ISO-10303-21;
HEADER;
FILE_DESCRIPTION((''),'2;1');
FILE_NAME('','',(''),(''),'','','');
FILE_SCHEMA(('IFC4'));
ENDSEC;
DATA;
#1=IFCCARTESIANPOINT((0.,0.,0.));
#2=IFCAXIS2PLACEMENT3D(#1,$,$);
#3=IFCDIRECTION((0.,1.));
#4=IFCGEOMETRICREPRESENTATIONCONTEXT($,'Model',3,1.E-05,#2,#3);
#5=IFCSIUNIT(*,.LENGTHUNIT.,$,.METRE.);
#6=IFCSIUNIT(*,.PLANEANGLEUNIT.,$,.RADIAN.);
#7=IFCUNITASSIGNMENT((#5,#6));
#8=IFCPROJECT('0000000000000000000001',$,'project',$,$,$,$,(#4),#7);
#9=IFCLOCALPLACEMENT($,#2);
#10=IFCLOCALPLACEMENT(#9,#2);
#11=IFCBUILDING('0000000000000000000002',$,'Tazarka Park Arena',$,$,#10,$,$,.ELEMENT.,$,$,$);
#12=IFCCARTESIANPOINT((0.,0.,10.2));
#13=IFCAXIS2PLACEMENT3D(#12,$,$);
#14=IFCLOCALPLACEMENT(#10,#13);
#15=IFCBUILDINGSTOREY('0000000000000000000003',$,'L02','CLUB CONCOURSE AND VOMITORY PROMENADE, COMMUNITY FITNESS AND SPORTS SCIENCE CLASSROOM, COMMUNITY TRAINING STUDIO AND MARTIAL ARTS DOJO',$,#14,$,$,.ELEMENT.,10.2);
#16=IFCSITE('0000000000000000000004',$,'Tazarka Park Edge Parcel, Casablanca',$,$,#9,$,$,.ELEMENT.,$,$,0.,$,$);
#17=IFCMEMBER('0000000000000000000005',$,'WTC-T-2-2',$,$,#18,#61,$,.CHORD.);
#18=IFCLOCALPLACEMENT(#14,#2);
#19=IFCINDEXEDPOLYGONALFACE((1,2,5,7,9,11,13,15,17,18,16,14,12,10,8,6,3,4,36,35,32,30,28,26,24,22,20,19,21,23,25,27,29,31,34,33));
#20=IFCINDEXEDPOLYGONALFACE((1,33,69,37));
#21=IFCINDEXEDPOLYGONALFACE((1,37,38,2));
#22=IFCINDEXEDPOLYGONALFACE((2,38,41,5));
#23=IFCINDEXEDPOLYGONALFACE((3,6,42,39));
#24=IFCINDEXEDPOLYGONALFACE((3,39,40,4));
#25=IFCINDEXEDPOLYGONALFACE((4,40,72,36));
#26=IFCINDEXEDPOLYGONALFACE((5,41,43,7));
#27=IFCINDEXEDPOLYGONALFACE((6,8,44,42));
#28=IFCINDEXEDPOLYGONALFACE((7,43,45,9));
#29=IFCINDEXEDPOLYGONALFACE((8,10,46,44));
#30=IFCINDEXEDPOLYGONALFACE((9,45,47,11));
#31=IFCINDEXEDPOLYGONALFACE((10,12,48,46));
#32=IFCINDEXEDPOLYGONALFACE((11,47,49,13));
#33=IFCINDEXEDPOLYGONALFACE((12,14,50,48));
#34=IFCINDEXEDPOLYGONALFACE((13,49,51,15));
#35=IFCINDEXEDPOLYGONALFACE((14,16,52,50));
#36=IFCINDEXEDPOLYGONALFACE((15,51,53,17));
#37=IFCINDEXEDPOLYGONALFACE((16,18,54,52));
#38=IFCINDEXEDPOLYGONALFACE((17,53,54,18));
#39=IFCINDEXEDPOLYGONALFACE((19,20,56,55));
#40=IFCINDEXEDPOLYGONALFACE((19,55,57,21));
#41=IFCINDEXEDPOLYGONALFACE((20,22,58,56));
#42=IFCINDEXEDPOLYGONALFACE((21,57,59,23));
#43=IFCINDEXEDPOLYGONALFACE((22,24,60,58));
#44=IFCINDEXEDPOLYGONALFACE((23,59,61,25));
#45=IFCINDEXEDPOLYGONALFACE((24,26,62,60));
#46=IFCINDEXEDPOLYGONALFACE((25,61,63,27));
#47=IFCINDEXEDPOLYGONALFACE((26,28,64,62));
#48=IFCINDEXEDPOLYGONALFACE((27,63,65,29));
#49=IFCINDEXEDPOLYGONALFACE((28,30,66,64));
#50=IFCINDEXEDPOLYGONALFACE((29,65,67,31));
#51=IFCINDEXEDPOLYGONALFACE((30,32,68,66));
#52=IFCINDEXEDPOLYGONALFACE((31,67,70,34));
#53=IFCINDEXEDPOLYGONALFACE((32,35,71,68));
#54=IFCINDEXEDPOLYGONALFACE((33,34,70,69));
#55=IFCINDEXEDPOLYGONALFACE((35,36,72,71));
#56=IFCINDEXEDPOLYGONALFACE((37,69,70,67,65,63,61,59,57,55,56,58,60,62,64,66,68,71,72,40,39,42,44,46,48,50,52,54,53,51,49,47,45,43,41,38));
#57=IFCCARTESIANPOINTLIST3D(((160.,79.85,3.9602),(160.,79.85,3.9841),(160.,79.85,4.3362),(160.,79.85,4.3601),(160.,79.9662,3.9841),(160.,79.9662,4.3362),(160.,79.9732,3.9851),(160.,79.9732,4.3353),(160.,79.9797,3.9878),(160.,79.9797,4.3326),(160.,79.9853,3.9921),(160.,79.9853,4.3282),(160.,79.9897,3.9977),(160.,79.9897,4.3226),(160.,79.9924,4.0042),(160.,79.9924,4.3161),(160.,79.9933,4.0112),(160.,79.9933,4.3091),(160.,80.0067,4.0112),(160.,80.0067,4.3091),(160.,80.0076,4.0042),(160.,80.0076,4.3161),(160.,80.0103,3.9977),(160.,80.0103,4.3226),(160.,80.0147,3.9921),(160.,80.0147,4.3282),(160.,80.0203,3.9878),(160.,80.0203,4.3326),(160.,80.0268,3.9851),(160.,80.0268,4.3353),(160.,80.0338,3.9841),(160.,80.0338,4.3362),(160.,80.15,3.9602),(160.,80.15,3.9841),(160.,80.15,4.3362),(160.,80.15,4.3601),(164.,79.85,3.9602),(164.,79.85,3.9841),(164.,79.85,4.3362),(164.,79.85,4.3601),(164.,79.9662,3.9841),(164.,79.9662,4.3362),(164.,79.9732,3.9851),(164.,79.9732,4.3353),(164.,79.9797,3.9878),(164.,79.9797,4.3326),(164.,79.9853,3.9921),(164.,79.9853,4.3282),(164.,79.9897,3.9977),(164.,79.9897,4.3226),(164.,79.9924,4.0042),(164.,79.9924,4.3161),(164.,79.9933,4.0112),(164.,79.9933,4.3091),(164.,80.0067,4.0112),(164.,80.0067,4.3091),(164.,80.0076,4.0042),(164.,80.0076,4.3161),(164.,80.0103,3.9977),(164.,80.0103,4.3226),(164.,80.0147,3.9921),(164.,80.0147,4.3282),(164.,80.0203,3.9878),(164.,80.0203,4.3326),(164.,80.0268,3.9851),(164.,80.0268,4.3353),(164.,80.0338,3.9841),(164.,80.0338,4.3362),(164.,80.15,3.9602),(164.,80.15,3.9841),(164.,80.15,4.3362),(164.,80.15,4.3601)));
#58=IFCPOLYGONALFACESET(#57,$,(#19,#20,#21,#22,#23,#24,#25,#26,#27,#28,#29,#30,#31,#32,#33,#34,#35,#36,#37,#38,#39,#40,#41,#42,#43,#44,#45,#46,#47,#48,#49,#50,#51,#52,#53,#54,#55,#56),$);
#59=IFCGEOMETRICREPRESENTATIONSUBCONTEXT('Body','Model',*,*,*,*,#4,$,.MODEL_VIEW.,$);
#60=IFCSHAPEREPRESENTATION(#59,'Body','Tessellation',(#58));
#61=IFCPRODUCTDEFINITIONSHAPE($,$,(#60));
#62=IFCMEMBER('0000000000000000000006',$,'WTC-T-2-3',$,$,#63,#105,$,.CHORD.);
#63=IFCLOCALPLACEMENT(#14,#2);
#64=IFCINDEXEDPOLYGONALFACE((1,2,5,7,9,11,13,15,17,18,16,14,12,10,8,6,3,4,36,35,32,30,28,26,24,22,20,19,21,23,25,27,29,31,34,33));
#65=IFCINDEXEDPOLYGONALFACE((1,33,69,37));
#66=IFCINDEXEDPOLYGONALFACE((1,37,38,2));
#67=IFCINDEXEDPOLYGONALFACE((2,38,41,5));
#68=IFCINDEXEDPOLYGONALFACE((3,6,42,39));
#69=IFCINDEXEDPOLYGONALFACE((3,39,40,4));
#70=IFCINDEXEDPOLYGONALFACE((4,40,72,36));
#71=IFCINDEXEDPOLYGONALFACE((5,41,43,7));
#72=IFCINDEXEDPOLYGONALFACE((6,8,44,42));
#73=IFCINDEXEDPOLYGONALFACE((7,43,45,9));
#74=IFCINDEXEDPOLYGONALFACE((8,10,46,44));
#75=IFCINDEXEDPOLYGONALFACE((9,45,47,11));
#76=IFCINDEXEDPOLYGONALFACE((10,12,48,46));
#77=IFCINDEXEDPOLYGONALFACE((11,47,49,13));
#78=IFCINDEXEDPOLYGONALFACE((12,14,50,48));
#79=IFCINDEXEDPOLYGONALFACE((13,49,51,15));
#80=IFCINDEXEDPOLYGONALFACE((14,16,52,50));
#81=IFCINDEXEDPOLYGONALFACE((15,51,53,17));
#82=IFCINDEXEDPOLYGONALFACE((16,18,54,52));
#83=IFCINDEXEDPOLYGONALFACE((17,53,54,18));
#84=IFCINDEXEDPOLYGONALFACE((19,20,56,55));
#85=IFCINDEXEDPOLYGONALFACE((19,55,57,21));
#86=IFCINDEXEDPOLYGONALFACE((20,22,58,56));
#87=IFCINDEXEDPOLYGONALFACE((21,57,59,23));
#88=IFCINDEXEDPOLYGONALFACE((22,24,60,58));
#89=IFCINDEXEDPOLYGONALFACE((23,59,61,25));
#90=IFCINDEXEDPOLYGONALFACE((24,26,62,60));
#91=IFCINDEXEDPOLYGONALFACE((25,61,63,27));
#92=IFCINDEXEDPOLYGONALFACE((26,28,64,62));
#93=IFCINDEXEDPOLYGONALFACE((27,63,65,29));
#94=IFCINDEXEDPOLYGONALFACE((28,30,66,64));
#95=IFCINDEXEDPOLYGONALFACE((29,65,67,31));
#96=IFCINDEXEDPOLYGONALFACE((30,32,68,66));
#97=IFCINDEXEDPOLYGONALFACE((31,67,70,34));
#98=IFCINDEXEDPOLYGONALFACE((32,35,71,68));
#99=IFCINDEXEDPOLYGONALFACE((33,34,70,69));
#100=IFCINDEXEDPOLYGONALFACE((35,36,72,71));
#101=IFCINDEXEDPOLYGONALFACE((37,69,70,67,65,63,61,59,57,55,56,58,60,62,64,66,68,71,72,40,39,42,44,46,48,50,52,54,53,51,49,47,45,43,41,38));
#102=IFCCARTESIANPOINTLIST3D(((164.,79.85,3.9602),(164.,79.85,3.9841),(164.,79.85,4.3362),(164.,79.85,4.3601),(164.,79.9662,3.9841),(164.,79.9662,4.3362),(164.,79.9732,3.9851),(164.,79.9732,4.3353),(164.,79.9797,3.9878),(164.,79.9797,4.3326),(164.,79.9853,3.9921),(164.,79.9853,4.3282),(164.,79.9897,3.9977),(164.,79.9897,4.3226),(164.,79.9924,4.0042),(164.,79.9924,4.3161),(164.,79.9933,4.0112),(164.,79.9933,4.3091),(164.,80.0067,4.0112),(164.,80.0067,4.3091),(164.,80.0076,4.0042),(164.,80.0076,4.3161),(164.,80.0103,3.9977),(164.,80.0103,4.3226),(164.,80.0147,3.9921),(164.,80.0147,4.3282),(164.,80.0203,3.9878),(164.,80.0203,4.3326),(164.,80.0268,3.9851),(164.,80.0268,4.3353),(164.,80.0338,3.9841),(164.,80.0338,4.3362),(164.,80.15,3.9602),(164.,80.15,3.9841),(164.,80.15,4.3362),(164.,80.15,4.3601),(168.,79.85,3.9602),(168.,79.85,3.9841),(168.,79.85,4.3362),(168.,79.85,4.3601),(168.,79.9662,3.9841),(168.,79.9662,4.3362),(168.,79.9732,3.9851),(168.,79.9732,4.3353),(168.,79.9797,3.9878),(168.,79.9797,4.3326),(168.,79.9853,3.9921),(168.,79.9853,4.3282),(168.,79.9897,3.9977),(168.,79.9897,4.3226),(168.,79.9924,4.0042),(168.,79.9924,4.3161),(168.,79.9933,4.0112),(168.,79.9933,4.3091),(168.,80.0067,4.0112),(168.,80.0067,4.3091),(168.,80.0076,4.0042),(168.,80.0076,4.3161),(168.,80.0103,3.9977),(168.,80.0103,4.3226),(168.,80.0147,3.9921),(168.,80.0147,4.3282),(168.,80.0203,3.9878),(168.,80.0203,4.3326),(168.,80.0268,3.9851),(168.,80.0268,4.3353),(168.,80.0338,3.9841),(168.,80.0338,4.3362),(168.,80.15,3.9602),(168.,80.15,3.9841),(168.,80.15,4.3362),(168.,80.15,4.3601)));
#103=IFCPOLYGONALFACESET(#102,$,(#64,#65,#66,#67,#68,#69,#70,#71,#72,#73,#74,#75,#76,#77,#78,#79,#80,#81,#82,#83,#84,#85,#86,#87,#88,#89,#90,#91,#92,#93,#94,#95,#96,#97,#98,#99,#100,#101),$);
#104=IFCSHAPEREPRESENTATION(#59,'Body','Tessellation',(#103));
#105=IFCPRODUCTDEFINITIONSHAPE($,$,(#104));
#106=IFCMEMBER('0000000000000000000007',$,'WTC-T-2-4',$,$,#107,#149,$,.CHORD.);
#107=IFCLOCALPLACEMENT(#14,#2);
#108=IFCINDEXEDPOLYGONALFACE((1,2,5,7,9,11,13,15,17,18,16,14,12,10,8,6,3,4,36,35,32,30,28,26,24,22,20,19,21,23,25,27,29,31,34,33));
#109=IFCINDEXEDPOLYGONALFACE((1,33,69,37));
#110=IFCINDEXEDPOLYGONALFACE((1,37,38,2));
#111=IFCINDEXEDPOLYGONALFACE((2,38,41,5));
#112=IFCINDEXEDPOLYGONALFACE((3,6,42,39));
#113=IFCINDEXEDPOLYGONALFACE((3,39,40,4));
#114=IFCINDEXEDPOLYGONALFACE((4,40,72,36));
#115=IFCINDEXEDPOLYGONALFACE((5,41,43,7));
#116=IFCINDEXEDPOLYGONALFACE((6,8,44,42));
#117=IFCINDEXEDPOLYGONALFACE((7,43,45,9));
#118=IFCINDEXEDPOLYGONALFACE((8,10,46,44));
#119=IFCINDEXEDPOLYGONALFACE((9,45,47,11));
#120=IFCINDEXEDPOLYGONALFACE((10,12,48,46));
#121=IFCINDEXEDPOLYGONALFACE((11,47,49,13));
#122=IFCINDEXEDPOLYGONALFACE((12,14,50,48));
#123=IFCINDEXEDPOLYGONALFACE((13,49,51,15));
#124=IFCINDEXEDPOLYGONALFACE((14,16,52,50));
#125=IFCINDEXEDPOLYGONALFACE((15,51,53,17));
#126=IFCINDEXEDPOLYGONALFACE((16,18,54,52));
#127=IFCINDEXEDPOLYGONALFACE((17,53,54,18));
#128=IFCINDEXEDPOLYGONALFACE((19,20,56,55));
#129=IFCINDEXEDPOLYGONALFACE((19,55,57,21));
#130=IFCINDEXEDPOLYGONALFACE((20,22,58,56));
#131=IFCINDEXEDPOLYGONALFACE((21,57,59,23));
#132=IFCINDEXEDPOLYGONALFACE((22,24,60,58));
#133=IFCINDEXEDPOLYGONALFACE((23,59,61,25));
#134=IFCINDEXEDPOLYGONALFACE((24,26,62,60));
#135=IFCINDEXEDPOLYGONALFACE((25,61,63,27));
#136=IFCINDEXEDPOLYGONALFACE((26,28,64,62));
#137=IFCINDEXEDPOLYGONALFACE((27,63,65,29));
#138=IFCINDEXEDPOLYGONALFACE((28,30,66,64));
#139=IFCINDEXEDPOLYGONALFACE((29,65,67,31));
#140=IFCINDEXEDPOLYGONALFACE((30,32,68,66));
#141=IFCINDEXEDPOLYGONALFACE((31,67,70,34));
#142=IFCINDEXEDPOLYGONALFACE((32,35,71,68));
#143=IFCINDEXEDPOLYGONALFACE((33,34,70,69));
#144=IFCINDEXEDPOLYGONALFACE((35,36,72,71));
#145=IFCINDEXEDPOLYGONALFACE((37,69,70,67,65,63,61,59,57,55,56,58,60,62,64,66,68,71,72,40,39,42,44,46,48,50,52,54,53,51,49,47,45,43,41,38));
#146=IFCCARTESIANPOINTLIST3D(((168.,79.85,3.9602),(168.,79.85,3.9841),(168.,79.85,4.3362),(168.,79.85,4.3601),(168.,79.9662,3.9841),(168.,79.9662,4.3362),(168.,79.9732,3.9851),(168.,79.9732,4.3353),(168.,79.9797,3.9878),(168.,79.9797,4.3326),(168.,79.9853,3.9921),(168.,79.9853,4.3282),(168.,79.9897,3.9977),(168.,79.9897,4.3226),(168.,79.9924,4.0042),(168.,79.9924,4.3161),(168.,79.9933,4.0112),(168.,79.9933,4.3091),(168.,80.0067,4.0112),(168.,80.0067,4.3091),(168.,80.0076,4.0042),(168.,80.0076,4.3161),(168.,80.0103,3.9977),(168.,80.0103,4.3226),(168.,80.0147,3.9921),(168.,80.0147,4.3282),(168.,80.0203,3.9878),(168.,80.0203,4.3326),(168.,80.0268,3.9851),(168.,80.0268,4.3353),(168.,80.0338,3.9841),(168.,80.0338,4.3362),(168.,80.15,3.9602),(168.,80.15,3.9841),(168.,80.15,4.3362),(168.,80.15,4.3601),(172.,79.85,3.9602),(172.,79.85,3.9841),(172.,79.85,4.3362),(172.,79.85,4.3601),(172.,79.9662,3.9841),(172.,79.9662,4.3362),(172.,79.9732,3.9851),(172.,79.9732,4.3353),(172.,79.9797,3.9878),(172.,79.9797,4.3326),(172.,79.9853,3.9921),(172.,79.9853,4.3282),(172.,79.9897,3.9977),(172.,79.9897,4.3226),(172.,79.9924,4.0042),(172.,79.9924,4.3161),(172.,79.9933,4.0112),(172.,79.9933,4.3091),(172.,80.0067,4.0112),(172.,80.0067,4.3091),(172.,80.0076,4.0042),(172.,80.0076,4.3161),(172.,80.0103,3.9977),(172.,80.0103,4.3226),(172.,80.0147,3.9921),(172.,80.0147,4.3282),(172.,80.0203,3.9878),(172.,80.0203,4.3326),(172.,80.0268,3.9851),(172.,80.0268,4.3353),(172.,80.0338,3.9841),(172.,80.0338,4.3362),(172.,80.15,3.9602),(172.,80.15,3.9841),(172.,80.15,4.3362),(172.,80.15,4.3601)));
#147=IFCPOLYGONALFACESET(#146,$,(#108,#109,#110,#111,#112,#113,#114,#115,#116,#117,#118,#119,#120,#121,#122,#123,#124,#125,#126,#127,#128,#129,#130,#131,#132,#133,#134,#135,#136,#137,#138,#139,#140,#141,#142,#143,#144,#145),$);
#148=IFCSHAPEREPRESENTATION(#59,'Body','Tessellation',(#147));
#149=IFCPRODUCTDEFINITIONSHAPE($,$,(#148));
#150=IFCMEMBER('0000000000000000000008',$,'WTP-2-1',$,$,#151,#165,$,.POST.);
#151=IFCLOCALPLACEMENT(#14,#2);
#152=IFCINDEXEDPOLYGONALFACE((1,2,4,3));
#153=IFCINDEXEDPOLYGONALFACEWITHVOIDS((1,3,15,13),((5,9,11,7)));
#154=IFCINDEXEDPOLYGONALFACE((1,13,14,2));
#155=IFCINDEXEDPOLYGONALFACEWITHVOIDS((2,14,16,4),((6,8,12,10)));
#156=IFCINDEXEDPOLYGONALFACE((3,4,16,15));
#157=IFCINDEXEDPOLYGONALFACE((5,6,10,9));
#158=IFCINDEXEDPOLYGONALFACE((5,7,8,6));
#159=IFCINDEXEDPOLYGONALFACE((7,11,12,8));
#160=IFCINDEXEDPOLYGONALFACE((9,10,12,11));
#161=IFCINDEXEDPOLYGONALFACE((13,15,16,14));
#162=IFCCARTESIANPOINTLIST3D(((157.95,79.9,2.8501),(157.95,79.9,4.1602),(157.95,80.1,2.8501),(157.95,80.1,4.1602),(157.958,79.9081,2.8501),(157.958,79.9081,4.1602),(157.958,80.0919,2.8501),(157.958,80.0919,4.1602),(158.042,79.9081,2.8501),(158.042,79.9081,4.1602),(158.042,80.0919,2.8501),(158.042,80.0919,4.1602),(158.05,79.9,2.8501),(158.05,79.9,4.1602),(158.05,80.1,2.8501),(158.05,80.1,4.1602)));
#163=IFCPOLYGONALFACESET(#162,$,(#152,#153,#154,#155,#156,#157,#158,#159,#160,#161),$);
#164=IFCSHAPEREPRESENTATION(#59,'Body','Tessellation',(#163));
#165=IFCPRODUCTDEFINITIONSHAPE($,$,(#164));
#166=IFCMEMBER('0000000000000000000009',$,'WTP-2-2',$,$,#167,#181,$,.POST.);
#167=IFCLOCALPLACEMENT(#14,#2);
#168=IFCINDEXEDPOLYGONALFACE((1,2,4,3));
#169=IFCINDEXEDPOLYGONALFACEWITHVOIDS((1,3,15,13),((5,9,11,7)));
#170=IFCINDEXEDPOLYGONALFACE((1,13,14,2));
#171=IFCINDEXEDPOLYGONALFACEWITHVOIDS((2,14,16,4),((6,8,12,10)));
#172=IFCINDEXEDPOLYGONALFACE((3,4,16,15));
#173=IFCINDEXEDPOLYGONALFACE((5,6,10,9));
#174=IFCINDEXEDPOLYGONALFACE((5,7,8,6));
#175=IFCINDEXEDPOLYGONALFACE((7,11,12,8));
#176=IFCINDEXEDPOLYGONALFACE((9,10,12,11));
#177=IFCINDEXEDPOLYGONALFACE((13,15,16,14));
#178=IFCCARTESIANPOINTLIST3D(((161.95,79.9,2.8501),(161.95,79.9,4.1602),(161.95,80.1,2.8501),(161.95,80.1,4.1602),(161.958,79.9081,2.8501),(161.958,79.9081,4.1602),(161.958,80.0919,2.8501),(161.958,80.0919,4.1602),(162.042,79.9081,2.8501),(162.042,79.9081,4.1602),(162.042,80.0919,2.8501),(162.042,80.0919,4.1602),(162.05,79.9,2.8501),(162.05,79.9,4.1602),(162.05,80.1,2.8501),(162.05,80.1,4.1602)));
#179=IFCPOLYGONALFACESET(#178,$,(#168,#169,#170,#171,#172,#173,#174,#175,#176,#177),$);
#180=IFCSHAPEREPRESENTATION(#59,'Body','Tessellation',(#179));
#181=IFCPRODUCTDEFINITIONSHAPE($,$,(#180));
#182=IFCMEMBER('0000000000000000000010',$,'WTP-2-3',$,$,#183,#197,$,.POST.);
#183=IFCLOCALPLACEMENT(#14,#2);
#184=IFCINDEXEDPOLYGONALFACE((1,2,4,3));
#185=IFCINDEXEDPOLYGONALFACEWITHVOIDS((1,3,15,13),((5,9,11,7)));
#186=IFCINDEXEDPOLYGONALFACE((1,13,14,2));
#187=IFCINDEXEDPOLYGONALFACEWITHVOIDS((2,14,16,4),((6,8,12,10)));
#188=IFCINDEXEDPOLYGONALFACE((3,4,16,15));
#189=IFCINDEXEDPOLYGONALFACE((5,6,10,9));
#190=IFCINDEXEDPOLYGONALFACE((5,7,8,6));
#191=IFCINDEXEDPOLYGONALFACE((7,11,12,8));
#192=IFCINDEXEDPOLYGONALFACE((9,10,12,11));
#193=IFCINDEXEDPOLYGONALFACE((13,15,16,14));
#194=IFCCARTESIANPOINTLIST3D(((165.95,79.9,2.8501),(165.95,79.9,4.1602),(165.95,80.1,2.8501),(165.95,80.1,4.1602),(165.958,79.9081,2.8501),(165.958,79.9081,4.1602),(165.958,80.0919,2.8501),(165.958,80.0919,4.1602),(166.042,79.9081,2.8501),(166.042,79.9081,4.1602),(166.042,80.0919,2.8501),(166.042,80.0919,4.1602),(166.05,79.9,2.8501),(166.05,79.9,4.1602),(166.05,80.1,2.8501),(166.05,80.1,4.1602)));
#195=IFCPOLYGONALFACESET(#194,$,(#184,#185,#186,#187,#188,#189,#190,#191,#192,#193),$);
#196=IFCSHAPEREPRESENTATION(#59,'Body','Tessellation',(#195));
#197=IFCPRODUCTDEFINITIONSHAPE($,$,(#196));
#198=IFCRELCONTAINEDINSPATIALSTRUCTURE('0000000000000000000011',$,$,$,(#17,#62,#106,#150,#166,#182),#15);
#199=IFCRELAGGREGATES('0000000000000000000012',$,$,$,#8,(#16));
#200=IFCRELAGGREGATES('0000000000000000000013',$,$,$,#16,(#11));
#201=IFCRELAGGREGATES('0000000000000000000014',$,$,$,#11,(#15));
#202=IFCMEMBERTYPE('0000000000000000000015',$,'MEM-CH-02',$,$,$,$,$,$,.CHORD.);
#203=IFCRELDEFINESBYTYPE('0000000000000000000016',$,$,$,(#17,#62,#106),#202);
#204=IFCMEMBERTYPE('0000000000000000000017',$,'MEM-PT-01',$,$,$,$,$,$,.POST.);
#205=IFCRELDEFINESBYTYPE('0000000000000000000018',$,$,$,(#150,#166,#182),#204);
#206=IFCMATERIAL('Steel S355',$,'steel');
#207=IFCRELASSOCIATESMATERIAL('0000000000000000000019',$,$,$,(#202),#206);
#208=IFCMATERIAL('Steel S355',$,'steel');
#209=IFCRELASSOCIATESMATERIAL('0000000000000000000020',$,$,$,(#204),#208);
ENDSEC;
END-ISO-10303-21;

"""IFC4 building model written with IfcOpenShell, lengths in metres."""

from ifc_helpers import new_model, si_unit, direction, frame, origin, origin_2d, place, context, subcontext, project, spatial, hollow_rectangle, i_section, extrude, material, material_profile, profile_set, type_object, element, save


model = new_model("IFC4")

# Units and contexts
model_context = context("Model", 3, precision=1e-05, world=origin(), true_north=direction((0.0, 1.0)))
body_context = subcontext(model_context, "Body", "Model", "MODEL_VIEW")
ifc_project = project(units=[si_unit("LENGTHUNIT", "METRE"), si_unit("PLANEANGLEUNIT", "RADIAN")], contexts=[model_context])

# Site, building, storey
site_placement = place(None, origin())
site = spatial("IfcSite", under=ifc_project, at=site_placement, Name="Tazarka Park Edge Parcel, Casablanca", CompositionType="ELEMENT", RefElevation=0.0)
building_placement = place(site_placement, origin())
building = spatial("IfcBuilding", under=site, at=building_placement, Name="Tazarka Park Arena", CompositionType="ELEMENT")
storey_placement = place(building_placement, frame((0.0, 0.0, 10.2)))
storey = spatial("IfcBuildingStorey", under=building, at=storey_placement, Name="L02", Description="CLUB CONCOURSE AND VOMITORY PROMENADE, COMMUNITY FITNESS AND SPORTS SCIENCE CLASSROOM, COMMUNITY TRAINING STUDIO AND MARTIAL ARTS DOJO", CompositionType="ELEMENT", Elevation=10.2)

# Members
ifc_material_1 = material(Name="Steel S355", Category="steel")
ifc_material_profile_1 = material_profile(ifc_material_1, i_section(OverallWidth=0.3, OverallDepth=0.3999, WebThickness=0.0134, FlangeThickness=0.0239, FilletRadius=0.0271, at=origin_2d()), Name="Steel S355")
ifc_profile_set_1 = profile_set([ifc_material_profile_1], Name="Steel S355")
member_type_1 = type_object("IfcMemberType", Name="MEM-CH-02", PredefinedType="CHORD", material=ifc_profile_set_1)
for number, where, z_axis, x_axis, name in (
    (1, (160.0, 80.0, 4.1602), (1.0, 0.0, 0.0), (0.0, 1.0, 0.0), "WTC-T-2-2"),
    (2, (164.0, 80.0, 4.1602), (1.0, 0.0, 0.0), (0.0, 1.0, 0.0), "WTC-T-2-3"),
    (3, (168.0, 80.0, 4.1602), (1.0, 0.0, 0.0), (0.0, 1.0, 0.0), "WTC-T-2-4"),
):
    element("IfcMember", number, at=place(storey_placement, frame(where, z_axis=z_axis, x_axis=x_axis)), inside=storey, type_object=member_type_1, Name=name, PredefinedType="CHORD", context=body_context, shape_type="SweptSolid", body=[
        extrude(i_section(OverallWidth=0.3, OverallDepth=0.3999, WebThickness=0.0134, FlangeThickness=0.0239, FilletRadius=0.0271, at=origin_2d()), origin(), (0.0, 0.0, 1.0), 4.0),
    ])
ifc_material_2 = material(Name="Steel S355", Category="steel")
ifc_material_profile_2 = material_profile(ifc_material_2, hollow_rectangle(XDim=0.1001, YDim=0.2, WallThickness=0.0081, at=origin_2d()), Name="Steel S355")
ifc_profile_set_2 = profile_set([ifc_material_profile_2], Name="Steel S355")
member_type_2 = type_object("IfcMemberType", Name="MEM-PT-01", PredefinedType="POST", material=ifc_profile_set_2)
for number, where, z_axis, x_axis, name in (
    (4, (158.0, 80.0, 2.8501), (0.0, 0.0, 1.0), (1.0, 0.0, 0.0), "WTP-2-1"),
    (5, (162.0, 80.0, 2.8501), (0.0, 0.0, 1.0), (1.0, 0.0, 0.0), "WTP-2-2"),
    (6, (166.0, 80.0, 2.8501), (0.0, 0.0, 1.0), (1.0, 0.0, 0.0), "WTP-2-3"),
):
    element("IfcMember", number, at=place(storey_placement, frame(where, z_axis=z_axis, x_axis=x_axis)), inside=storey, type_object=member_type_2, Name=name, PredefinedType="POST", context=body_context, shape_type="SweptSolid", body=[
        extrude(hollow_rectangle(XDim=0.1001, YDim=0.2, WallThickness=0.0081, at=origin_2d()), origin(), (0.0, 0.0, 1.0), 1.3101),
    ])

save(model, "model.ifc")
